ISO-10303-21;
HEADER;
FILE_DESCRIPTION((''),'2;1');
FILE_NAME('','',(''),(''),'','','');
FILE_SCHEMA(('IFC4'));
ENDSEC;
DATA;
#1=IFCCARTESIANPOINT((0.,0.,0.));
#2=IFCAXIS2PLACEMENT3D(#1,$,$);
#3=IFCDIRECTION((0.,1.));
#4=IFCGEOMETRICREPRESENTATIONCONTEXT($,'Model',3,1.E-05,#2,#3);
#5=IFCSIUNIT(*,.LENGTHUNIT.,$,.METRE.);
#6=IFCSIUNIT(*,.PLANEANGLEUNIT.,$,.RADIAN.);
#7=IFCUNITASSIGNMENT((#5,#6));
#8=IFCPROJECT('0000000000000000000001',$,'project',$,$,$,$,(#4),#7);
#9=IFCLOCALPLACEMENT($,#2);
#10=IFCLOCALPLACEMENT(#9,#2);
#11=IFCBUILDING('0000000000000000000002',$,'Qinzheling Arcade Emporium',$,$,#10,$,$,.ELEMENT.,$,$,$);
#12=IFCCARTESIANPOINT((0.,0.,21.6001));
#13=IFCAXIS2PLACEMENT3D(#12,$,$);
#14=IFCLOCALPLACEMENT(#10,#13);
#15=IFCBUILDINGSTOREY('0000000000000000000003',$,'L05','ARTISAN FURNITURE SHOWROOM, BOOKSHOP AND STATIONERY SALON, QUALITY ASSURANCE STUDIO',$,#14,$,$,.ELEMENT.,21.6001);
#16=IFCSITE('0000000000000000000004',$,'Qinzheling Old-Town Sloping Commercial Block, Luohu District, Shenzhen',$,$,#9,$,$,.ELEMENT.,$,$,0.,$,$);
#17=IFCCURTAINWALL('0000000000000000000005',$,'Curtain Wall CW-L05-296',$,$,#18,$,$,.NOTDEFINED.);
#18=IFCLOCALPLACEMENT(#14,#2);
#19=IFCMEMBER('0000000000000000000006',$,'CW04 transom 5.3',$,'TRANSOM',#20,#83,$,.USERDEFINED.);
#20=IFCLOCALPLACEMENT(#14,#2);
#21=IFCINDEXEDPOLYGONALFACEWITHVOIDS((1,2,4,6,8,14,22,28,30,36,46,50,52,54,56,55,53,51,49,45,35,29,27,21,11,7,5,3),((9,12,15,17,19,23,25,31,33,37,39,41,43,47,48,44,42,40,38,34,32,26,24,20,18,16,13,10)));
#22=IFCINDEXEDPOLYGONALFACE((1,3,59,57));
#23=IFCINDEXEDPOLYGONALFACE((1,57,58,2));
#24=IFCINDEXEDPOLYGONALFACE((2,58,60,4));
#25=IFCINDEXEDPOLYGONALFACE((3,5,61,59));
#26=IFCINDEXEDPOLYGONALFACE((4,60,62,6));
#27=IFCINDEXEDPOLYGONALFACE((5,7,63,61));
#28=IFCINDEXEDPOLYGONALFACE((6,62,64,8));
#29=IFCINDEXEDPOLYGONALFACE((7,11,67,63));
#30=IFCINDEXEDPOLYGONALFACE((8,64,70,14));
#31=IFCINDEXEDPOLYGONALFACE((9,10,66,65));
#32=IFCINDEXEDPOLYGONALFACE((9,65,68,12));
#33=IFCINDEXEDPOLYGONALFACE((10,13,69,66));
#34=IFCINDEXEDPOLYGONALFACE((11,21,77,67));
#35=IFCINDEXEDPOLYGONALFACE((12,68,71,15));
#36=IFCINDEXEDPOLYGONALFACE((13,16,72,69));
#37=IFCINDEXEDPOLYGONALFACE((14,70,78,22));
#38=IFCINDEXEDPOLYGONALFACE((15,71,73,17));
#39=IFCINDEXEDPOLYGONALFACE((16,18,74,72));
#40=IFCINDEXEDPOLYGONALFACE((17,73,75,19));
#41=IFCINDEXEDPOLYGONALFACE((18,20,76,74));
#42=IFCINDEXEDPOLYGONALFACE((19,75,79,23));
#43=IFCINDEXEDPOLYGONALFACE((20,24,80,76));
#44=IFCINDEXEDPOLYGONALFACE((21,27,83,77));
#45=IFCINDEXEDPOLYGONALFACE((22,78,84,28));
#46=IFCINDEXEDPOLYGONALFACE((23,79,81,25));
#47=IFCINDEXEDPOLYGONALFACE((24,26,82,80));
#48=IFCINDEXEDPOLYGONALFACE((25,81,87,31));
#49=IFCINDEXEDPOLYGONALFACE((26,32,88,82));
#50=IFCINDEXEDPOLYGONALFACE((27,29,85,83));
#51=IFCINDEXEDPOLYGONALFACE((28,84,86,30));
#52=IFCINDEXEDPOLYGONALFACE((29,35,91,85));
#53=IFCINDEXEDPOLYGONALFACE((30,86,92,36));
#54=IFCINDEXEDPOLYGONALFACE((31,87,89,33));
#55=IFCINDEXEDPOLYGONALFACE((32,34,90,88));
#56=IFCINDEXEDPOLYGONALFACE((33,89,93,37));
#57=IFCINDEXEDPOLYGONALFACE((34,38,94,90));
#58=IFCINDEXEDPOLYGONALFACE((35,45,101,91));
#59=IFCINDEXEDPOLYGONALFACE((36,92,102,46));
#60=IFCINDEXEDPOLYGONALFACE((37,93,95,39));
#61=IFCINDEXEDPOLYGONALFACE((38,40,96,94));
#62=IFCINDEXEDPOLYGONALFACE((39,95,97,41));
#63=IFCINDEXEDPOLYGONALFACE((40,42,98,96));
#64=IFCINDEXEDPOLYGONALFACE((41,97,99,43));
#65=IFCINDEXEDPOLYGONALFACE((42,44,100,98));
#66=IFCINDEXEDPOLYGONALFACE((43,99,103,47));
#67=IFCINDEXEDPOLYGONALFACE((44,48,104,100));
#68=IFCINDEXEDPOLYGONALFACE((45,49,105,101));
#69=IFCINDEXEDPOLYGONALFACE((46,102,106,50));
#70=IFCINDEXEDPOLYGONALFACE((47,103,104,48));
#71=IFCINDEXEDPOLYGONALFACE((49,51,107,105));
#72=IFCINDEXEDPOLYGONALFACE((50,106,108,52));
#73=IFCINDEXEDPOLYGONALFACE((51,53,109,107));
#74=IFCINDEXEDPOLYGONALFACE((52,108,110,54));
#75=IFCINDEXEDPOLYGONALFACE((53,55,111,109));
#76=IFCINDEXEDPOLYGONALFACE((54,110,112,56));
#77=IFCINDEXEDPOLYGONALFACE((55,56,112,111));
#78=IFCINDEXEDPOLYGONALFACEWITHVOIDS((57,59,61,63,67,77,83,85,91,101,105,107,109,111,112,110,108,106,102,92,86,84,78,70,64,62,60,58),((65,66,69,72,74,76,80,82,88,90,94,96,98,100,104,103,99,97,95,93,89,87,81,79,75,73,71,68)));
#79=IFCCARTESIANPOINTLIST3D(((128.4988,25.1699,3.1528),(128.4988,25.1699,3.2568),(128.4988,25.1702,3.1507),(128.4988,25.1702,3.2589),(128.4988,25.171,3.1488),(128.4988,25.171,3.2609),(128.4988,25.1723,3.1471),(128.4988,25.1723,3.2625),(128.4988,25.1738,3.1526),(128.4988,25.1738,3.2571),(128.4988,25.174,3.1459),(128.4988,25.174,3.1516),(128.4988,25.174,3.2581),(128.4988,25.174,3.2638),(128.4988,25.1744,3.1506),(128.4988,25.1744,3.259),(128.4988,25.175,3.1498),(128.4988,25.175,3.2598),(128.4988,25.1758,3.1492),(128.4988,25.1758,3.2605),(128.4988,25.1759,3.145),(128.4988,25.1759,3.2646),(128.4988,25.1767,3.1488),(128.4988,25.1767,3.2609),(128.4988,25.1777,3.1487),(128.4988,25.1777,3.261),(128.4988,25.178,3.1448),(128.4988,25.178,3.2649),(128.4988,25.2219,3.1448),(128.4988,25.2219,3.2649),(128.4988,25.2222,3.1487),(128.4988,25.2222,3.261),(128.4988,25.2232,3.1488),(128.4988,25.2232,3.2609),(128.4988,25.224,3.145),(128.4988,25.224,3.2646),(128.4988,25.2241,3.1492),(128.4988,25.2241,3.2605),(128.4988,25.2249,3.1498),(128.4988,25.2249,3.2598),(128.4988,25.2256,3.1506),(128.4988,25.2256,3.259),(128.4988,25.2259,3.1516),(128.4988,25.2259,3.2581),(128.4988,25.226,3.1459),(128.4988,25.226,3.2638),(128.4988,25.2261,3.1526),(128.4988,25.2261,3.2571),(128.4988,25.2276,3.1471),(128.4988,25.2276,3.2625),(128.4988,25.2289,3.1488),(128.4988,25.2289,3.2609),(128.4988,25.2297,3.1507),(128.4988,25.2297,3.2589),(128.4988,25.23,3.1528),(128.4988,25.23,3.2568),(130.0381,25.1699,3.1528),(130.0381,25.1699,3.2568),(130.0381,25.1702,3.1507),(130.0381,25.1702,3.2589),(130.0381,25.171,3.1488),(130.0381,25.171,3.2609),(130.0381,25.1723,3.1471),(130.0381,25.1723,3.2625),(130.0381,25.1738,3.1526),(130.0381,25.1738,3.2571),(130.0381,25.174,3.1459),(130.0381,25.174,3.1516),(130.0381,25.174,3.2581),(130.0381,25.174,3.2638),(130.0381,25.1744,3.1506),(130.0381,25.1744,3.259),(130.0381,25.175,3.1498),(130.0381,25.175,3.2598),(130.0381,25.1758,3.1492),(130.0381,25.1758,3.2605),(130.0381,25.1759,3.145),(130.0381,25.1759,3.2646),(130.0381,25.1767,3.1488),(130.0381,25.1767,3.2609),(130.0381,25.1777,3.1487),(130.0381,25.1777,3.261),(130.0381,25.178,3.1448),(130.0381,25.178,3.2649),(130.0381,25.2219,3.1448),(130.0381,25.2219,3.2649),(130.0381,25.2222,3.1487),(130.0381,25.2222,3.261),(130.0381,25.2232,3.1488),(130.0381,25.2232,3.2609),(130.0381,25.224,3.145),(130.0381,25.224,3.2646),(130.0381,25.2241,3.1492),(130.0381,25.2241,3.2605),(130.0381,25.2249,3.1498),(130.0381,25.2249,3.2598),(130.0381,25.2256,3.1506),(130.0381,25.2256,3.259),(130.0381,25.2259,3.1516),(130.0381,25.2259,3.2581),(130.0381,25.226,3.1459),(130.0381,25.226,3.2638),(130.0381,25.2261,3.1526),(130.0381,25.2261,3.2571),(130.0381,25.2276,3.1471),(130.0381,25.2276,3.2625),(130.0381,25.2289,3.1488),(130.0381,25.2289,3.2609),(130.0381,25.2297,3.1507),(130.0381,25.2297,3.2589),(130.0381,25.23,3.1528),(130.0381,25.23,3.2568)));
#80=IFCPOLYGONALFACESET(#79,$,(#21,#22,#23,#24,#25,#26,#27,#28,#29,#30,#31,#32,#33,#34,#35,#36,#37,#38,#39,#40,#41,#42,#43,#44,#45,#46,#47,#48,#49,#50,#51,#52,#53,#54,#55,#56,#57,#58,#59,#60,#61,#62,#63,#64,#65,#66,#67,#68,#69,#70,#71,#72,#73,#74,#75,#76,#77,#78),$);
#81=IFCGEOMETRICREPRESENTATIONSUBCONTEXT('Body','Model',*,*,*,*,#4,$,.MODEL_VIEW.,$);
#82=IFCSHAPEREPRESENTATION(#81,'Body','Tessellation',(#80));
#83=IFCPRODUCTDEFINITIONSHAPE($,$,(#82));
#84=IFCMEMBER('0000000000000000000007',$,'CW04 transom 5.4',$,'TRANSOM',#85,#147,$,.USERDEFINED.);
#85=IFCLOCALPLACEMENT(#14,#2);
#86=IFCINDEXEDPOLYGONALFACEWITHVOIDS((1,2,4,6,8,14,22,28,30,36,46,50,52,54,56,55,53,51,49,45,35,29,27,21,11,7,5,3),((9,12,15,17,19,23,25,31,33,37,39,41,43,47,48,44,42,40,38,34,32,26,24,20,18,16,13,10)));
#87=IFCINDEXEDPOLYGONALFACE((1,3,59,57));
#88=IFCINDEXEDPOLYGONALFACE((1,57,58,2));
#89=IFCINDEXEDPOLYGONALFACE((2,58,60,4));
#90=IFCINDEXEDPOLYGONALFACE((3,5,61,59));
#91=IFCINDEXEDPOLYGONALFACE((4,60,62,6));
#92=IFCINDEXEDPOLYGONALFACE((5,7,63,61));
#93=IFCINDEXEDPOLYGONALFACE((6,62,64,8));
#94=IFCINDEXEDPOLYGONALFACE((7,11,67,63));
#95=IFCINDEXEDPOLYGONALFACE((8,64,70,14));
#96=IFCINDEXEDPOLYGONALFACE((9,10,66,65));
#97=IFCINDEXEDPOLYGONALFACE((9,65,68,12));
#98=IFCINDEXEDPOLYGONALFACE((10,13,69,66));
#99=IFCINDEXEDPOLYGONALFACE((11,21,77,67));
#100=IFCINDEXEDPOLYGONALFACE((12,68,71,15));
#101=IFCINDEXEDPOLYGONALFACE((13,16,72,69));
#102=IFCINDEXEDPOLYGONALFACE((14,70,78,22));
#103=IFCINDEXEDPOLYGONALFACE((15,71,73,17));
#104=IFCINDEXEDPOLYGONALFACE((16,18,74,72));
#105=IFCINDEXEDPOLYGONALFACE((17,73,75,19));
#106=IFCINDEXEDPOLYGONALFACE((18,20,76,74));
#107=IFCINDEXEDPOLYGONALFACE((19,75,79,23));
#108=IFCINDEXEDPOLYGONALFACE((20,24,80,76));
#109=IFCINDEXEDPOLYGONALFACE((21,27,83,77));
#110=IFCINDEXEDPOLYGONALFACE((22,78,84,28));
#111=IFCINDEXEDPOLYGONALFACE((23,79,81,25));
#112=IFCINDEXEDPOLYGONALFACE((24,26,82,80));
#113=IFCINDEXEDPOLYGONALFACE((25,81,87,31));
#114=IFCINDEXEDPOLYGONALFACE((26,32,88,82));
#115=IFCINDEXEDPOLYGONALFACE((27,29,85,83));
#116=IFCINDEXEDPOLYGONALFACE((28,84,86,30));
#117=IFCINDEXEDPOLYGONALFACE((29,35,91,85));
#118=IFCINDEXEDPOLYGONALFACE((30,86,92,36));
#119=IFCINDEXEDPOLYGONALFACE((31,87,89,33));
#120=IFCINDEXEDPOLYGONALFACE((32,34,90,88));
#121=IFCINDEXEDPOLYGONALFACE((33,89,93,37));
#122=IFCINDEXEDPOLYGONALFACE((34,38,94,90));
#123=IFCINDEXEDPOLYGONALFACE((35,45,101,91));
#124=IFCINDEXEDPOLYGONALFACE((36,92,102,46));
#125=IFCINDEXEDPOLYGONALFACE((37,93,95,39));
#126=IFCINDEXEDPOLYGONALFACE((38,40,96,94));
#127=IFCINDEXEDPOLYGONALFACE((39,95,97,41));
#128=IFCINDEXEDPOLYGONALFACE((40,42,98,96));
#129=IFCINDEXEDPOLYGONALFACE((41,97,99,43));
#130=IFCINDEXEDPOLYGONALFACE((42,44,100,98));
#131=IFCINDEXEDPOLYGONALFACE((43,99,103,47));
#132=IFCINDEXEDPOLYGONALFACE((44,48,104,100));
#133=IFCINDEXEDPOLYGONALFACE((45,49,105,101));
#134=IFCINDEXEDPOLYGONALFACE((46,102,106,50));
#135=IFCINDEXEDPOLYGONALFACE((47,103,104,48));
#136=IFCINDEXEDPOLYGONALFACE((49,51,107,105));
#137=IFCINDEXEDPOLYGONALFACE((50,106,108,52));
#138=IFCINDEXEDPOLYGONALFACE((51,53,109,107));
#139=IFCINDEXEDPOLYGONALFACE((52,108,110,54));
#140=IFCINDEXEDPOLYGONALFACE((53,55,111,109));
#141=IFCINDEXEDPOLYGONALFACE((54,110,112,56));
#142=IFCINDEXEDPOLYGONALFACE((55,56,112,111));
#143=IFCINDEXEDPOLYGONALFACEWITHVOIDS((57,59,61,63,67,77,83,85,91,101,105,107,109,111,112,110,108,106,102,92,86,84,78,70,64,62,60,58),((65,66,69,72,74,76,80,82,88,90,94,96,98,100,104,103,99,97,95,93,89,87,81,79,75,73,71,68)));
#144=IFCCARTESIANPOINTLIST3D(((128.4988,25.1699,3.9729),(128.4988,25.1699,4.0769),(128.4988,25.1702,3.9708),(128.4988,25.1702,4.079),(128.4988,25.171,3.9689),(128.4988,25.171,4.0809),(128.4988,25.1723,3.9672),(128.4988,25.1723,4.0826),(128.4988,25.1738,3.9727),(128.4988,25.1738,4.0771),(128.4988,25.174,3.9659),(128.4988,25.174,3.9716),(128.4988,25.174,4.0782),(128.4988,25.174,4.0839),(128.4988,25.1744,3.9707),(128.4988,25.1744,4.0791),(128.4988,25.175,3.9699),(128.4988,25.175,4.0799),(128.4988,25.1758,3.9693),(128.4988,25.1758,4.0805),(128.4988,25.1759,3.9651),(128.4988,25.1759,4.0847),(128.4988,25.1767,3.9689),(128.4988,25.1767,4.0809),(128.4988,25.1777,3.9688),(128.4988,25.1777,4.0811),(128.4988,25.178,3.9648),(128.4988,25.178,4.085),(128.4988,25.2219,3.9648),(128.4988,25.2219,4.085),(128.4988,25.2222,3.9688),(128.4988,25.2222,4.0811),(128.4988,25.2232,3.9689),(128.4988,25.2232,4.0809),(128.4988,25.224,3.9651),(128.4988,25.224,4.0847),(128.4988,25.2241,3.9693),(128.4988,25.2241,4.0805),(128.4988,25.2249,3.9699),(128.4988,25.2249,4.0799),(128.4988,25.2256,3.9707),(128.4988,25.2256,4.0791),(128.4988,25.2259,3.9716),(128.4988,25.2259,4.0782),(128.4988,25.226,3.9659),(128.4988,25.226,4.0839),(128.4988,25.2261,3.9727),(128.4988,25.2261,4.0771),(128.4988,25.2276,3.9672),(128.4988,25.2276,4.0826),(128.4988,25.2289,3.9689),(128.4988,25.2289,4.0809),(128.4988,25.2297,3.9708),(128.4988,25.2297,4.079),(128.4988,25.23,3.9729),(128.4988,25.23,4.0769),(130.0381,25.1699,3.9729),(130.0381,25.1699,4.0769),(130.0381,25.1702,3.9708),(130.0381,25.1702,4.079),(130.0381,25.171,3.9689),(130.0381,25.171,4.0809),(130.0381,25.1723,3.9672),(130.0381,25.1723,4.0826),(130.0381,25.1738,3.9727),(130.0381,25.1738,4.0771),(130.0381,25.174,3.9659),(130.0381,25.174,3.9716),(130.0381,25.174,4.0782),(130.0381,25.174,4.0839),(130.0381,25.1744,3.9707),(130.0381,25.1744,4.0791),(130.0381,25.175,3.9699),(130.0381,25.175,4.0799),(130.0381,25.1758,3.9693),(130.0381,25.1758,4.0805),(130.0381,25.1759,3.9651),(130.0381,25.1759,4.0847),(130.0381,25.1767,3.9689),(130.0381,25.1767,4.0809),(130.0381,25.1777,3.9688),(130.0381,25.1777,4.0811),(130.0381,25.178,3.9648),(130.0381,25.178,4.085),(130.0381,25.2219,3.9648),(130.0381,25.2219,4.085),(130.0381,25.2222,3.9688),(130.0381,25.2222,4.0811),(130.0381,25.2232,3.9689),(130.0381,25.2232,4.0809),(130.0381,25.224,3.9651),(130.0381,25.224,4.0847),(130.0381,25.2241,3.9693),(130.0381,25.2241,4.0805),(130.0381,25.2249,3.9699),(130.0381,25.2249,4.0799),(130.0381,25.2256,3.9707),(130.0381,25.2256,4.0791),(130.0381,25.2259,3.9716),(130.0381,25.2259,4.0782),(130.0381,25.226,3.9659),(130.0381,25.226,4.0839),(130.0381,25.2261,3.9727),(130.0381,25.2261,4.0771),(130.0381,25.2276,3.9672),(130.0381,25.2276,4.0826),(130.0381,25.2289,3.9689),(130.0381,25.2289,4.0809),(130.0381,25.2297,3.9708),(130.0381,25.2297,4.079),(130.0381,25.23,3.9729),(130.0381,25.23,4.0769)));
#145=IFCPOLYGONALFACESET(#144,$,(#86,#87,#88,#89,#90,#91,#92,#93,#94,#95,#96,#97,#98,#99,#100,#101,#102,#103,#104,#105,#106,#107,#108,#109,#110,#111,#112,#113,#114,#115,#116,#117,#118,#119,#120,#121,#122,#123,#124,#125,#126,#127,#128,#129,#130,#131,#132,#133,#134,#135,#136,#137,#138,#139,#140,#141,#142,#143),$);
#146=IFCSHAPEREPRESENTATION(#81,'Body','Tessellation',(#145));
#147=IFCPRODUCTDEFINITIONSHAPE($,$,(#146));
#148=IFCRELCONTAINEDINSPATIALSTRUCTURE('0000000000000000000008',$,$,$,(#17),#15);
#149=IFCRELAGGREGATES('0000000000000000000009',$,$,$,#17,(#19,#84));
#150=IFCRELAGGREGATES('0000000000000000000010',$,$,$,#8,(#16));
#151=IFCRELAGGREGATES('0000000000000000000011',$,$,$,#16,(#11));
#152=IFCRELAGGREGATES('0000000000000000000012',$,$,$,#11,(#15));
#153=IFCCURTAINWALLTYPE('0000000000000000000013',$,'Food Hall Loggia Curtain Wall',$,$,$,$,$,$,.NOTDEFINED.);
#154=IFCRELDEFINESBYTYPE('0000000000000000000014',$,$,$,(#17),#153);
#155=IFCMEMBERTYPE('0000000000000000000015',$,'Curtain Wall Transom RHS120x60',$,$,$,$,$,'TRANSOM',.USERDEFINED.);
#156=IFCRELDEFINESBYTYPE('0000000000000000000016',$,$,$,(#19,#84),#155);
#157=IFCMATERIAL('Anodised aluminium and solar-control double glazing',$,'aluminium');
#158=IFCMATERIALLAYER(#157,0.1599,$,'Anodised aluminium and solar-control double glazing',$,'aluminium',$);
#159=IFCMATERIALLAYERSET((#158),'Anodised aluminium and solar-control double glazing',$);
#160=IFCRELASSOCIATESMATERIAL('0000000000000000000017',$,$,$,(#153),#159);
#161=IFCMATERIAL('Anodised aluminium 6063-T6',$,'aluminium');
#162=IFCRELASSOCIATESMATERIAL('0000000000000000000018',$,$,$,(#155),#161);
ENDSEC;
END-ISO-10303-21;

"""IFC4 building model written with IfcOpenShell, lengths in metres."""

from ifc_helpers import new_model, si_unit, direction, frame, origin, origin_2d, place, context, subcontext, project, spatial, hollow_rectangle, extrude, material, layer, layer_set, material_profile, profile_set, type_object, element, aggregate, save


model = new_model("IFC4")

# Units and contexts
model_context = context("Model", 3, precision=1e-05, world=origin(), true_north=direction((0.0, 1.0)))
body_context = subcontext(model_context, "Body", "Model", "MODEL_VIEW")
ifc_project = project(units=[si_unit("LENGTHUNIT", "METRE"), si_unit("PLANEANGLEUNIT", "RADIAN")], contexts=[model_context])

# Site, building, storey
site_placement = place(None, origin())
site = spatial("IfcSite", under=ifc_project, at=site_placement, Name="Qinzheling Old-Town Sloping Commercial Block, Luohu District, Shenzhen", CompositionType="ELEMENT", RefElevation=0.0)
building_placement = place(site_placement, origin())
building = spatial("IfcBuilding", under=site, at=building_placement, Name="Qinzheling Arcade Emporium", CompositionType="ELEMENT")
storey_placement = place(building_placement, frame((0.0, 0.0, 21.6001)))
storey = spatial("IfcBuildingStorey", under=building, at=storey_placement, Name="L05", Description="ARTISAN FURNITURE SHOWROOM, BOOKSHOP AND STATIONERY SALON, QUALITY ASSURANCE STUDIO", CompositionType="ELEMENT", Elevation=21.6001)

# Curtain wall
ifc_material_1 = material(Name="Anodised aluminium and solar-control double glazing", Category="aluminium")
ifc_layer_1 = layer(ifc_material_1, 0.1599, Name="Anodised aluminium and solar-control double glazing", Category="aluminium")
ifc_layer_set_1 = layer_set([ifc_layer_1], Name="Anodised aluminium and solar-control double glazing")
curtain_wall_type = type_object("IfcCurtainWallType", Name="Food Hall Loggia Curtain Wall", PredefinedType="NOTDEFINED", material=ifc_layer_set_1)
curtain_wall_1_placement = place(storey_placement, origin())
curtain_wall_1 = element("IfcCurtainWall", 1, at=curtain_wall_1_placement, inside=storey, type_object=curtain_wall_type, Name="Curtain Wall CW-L05-296", PredefinedType="NOTDEFINED")
ifc_material_2 = material(Name="Anodised aluminium 6063-T6", Category="aluminium")

# Members
ifc_material_profile_1 = material_profile(ifc_material_2, hollow_rectangle(XDim=0.0601, YDim=0.1201, WallThickness=0.0039, InnerFilletRadius=0.0039, OuterFilletRadius=0.0081, at=origin_2d()), Name="RHS 120x60x4", Category="aluminium")
ifc_profile_set_1 = profile_set([ifc_material_profile_1], Name="Anodised aluminium 6063-T6")
member_type_1 = type_object("IfcMemberType", Name="Curtain Wall Transom RHS120x60", ElementType="TRANSOM", PredefinedType="USERDEFINED", material=ifc_profile_set_1)
member_1_placement = place(storey_placement, frame((128.4988, 25.2, 3.2048), z_axis=(1.0, 0.0, 0.0), x_axis=(0.0, 1.0, 0.0)))
member_1 = element("IfcMember", 2, at=member_1_placement, type_object=member_type_1, Name="CW04 transom 5.3", ObjectType="TRANSOM", PredefinedType="USERDEFINED", context=body_context, shape_type="SweptSolid", body=[
    extrude(hollow_rectangle(XDim=0.0601, YDim=0.1201, WallThickness=0.0039, InnerFilletRadius=0.0039, OuterFilletRadius=0.0081, at=origin_2d()), origin(), (0.0, 0.0, 1.0), 1.5393),
])
member_2_placement = place(storey_placement, frame((128.4988, 25.2, 4.0249), z_axis=(1.0, 0.0, 0.0), x_axis=(0.0, 1.0, 0.0)))
member_2 = element("IfcMember", 3, at=member_2_placement, type_object=member_type_1, Name="CW04 transom 5.4", ObjectType="TRANSOM", PredefinedType="USERDEFINED", context=body_context, shape_type="SweptSolid", body=[
    extrude(hollow_rectangle(XDim=0.0601, YDim=0.1201, WallThickness=0.0039, InnerFilletRadius=0.0039, OuterFilletRadius=0.0081, at=origin_2d()), origin(), (0.0, 0.0, 1.0), 1.5393),
])

aggregate(curtain_wall_1, [member_1, member_2])

save(model, "model.ifc")
